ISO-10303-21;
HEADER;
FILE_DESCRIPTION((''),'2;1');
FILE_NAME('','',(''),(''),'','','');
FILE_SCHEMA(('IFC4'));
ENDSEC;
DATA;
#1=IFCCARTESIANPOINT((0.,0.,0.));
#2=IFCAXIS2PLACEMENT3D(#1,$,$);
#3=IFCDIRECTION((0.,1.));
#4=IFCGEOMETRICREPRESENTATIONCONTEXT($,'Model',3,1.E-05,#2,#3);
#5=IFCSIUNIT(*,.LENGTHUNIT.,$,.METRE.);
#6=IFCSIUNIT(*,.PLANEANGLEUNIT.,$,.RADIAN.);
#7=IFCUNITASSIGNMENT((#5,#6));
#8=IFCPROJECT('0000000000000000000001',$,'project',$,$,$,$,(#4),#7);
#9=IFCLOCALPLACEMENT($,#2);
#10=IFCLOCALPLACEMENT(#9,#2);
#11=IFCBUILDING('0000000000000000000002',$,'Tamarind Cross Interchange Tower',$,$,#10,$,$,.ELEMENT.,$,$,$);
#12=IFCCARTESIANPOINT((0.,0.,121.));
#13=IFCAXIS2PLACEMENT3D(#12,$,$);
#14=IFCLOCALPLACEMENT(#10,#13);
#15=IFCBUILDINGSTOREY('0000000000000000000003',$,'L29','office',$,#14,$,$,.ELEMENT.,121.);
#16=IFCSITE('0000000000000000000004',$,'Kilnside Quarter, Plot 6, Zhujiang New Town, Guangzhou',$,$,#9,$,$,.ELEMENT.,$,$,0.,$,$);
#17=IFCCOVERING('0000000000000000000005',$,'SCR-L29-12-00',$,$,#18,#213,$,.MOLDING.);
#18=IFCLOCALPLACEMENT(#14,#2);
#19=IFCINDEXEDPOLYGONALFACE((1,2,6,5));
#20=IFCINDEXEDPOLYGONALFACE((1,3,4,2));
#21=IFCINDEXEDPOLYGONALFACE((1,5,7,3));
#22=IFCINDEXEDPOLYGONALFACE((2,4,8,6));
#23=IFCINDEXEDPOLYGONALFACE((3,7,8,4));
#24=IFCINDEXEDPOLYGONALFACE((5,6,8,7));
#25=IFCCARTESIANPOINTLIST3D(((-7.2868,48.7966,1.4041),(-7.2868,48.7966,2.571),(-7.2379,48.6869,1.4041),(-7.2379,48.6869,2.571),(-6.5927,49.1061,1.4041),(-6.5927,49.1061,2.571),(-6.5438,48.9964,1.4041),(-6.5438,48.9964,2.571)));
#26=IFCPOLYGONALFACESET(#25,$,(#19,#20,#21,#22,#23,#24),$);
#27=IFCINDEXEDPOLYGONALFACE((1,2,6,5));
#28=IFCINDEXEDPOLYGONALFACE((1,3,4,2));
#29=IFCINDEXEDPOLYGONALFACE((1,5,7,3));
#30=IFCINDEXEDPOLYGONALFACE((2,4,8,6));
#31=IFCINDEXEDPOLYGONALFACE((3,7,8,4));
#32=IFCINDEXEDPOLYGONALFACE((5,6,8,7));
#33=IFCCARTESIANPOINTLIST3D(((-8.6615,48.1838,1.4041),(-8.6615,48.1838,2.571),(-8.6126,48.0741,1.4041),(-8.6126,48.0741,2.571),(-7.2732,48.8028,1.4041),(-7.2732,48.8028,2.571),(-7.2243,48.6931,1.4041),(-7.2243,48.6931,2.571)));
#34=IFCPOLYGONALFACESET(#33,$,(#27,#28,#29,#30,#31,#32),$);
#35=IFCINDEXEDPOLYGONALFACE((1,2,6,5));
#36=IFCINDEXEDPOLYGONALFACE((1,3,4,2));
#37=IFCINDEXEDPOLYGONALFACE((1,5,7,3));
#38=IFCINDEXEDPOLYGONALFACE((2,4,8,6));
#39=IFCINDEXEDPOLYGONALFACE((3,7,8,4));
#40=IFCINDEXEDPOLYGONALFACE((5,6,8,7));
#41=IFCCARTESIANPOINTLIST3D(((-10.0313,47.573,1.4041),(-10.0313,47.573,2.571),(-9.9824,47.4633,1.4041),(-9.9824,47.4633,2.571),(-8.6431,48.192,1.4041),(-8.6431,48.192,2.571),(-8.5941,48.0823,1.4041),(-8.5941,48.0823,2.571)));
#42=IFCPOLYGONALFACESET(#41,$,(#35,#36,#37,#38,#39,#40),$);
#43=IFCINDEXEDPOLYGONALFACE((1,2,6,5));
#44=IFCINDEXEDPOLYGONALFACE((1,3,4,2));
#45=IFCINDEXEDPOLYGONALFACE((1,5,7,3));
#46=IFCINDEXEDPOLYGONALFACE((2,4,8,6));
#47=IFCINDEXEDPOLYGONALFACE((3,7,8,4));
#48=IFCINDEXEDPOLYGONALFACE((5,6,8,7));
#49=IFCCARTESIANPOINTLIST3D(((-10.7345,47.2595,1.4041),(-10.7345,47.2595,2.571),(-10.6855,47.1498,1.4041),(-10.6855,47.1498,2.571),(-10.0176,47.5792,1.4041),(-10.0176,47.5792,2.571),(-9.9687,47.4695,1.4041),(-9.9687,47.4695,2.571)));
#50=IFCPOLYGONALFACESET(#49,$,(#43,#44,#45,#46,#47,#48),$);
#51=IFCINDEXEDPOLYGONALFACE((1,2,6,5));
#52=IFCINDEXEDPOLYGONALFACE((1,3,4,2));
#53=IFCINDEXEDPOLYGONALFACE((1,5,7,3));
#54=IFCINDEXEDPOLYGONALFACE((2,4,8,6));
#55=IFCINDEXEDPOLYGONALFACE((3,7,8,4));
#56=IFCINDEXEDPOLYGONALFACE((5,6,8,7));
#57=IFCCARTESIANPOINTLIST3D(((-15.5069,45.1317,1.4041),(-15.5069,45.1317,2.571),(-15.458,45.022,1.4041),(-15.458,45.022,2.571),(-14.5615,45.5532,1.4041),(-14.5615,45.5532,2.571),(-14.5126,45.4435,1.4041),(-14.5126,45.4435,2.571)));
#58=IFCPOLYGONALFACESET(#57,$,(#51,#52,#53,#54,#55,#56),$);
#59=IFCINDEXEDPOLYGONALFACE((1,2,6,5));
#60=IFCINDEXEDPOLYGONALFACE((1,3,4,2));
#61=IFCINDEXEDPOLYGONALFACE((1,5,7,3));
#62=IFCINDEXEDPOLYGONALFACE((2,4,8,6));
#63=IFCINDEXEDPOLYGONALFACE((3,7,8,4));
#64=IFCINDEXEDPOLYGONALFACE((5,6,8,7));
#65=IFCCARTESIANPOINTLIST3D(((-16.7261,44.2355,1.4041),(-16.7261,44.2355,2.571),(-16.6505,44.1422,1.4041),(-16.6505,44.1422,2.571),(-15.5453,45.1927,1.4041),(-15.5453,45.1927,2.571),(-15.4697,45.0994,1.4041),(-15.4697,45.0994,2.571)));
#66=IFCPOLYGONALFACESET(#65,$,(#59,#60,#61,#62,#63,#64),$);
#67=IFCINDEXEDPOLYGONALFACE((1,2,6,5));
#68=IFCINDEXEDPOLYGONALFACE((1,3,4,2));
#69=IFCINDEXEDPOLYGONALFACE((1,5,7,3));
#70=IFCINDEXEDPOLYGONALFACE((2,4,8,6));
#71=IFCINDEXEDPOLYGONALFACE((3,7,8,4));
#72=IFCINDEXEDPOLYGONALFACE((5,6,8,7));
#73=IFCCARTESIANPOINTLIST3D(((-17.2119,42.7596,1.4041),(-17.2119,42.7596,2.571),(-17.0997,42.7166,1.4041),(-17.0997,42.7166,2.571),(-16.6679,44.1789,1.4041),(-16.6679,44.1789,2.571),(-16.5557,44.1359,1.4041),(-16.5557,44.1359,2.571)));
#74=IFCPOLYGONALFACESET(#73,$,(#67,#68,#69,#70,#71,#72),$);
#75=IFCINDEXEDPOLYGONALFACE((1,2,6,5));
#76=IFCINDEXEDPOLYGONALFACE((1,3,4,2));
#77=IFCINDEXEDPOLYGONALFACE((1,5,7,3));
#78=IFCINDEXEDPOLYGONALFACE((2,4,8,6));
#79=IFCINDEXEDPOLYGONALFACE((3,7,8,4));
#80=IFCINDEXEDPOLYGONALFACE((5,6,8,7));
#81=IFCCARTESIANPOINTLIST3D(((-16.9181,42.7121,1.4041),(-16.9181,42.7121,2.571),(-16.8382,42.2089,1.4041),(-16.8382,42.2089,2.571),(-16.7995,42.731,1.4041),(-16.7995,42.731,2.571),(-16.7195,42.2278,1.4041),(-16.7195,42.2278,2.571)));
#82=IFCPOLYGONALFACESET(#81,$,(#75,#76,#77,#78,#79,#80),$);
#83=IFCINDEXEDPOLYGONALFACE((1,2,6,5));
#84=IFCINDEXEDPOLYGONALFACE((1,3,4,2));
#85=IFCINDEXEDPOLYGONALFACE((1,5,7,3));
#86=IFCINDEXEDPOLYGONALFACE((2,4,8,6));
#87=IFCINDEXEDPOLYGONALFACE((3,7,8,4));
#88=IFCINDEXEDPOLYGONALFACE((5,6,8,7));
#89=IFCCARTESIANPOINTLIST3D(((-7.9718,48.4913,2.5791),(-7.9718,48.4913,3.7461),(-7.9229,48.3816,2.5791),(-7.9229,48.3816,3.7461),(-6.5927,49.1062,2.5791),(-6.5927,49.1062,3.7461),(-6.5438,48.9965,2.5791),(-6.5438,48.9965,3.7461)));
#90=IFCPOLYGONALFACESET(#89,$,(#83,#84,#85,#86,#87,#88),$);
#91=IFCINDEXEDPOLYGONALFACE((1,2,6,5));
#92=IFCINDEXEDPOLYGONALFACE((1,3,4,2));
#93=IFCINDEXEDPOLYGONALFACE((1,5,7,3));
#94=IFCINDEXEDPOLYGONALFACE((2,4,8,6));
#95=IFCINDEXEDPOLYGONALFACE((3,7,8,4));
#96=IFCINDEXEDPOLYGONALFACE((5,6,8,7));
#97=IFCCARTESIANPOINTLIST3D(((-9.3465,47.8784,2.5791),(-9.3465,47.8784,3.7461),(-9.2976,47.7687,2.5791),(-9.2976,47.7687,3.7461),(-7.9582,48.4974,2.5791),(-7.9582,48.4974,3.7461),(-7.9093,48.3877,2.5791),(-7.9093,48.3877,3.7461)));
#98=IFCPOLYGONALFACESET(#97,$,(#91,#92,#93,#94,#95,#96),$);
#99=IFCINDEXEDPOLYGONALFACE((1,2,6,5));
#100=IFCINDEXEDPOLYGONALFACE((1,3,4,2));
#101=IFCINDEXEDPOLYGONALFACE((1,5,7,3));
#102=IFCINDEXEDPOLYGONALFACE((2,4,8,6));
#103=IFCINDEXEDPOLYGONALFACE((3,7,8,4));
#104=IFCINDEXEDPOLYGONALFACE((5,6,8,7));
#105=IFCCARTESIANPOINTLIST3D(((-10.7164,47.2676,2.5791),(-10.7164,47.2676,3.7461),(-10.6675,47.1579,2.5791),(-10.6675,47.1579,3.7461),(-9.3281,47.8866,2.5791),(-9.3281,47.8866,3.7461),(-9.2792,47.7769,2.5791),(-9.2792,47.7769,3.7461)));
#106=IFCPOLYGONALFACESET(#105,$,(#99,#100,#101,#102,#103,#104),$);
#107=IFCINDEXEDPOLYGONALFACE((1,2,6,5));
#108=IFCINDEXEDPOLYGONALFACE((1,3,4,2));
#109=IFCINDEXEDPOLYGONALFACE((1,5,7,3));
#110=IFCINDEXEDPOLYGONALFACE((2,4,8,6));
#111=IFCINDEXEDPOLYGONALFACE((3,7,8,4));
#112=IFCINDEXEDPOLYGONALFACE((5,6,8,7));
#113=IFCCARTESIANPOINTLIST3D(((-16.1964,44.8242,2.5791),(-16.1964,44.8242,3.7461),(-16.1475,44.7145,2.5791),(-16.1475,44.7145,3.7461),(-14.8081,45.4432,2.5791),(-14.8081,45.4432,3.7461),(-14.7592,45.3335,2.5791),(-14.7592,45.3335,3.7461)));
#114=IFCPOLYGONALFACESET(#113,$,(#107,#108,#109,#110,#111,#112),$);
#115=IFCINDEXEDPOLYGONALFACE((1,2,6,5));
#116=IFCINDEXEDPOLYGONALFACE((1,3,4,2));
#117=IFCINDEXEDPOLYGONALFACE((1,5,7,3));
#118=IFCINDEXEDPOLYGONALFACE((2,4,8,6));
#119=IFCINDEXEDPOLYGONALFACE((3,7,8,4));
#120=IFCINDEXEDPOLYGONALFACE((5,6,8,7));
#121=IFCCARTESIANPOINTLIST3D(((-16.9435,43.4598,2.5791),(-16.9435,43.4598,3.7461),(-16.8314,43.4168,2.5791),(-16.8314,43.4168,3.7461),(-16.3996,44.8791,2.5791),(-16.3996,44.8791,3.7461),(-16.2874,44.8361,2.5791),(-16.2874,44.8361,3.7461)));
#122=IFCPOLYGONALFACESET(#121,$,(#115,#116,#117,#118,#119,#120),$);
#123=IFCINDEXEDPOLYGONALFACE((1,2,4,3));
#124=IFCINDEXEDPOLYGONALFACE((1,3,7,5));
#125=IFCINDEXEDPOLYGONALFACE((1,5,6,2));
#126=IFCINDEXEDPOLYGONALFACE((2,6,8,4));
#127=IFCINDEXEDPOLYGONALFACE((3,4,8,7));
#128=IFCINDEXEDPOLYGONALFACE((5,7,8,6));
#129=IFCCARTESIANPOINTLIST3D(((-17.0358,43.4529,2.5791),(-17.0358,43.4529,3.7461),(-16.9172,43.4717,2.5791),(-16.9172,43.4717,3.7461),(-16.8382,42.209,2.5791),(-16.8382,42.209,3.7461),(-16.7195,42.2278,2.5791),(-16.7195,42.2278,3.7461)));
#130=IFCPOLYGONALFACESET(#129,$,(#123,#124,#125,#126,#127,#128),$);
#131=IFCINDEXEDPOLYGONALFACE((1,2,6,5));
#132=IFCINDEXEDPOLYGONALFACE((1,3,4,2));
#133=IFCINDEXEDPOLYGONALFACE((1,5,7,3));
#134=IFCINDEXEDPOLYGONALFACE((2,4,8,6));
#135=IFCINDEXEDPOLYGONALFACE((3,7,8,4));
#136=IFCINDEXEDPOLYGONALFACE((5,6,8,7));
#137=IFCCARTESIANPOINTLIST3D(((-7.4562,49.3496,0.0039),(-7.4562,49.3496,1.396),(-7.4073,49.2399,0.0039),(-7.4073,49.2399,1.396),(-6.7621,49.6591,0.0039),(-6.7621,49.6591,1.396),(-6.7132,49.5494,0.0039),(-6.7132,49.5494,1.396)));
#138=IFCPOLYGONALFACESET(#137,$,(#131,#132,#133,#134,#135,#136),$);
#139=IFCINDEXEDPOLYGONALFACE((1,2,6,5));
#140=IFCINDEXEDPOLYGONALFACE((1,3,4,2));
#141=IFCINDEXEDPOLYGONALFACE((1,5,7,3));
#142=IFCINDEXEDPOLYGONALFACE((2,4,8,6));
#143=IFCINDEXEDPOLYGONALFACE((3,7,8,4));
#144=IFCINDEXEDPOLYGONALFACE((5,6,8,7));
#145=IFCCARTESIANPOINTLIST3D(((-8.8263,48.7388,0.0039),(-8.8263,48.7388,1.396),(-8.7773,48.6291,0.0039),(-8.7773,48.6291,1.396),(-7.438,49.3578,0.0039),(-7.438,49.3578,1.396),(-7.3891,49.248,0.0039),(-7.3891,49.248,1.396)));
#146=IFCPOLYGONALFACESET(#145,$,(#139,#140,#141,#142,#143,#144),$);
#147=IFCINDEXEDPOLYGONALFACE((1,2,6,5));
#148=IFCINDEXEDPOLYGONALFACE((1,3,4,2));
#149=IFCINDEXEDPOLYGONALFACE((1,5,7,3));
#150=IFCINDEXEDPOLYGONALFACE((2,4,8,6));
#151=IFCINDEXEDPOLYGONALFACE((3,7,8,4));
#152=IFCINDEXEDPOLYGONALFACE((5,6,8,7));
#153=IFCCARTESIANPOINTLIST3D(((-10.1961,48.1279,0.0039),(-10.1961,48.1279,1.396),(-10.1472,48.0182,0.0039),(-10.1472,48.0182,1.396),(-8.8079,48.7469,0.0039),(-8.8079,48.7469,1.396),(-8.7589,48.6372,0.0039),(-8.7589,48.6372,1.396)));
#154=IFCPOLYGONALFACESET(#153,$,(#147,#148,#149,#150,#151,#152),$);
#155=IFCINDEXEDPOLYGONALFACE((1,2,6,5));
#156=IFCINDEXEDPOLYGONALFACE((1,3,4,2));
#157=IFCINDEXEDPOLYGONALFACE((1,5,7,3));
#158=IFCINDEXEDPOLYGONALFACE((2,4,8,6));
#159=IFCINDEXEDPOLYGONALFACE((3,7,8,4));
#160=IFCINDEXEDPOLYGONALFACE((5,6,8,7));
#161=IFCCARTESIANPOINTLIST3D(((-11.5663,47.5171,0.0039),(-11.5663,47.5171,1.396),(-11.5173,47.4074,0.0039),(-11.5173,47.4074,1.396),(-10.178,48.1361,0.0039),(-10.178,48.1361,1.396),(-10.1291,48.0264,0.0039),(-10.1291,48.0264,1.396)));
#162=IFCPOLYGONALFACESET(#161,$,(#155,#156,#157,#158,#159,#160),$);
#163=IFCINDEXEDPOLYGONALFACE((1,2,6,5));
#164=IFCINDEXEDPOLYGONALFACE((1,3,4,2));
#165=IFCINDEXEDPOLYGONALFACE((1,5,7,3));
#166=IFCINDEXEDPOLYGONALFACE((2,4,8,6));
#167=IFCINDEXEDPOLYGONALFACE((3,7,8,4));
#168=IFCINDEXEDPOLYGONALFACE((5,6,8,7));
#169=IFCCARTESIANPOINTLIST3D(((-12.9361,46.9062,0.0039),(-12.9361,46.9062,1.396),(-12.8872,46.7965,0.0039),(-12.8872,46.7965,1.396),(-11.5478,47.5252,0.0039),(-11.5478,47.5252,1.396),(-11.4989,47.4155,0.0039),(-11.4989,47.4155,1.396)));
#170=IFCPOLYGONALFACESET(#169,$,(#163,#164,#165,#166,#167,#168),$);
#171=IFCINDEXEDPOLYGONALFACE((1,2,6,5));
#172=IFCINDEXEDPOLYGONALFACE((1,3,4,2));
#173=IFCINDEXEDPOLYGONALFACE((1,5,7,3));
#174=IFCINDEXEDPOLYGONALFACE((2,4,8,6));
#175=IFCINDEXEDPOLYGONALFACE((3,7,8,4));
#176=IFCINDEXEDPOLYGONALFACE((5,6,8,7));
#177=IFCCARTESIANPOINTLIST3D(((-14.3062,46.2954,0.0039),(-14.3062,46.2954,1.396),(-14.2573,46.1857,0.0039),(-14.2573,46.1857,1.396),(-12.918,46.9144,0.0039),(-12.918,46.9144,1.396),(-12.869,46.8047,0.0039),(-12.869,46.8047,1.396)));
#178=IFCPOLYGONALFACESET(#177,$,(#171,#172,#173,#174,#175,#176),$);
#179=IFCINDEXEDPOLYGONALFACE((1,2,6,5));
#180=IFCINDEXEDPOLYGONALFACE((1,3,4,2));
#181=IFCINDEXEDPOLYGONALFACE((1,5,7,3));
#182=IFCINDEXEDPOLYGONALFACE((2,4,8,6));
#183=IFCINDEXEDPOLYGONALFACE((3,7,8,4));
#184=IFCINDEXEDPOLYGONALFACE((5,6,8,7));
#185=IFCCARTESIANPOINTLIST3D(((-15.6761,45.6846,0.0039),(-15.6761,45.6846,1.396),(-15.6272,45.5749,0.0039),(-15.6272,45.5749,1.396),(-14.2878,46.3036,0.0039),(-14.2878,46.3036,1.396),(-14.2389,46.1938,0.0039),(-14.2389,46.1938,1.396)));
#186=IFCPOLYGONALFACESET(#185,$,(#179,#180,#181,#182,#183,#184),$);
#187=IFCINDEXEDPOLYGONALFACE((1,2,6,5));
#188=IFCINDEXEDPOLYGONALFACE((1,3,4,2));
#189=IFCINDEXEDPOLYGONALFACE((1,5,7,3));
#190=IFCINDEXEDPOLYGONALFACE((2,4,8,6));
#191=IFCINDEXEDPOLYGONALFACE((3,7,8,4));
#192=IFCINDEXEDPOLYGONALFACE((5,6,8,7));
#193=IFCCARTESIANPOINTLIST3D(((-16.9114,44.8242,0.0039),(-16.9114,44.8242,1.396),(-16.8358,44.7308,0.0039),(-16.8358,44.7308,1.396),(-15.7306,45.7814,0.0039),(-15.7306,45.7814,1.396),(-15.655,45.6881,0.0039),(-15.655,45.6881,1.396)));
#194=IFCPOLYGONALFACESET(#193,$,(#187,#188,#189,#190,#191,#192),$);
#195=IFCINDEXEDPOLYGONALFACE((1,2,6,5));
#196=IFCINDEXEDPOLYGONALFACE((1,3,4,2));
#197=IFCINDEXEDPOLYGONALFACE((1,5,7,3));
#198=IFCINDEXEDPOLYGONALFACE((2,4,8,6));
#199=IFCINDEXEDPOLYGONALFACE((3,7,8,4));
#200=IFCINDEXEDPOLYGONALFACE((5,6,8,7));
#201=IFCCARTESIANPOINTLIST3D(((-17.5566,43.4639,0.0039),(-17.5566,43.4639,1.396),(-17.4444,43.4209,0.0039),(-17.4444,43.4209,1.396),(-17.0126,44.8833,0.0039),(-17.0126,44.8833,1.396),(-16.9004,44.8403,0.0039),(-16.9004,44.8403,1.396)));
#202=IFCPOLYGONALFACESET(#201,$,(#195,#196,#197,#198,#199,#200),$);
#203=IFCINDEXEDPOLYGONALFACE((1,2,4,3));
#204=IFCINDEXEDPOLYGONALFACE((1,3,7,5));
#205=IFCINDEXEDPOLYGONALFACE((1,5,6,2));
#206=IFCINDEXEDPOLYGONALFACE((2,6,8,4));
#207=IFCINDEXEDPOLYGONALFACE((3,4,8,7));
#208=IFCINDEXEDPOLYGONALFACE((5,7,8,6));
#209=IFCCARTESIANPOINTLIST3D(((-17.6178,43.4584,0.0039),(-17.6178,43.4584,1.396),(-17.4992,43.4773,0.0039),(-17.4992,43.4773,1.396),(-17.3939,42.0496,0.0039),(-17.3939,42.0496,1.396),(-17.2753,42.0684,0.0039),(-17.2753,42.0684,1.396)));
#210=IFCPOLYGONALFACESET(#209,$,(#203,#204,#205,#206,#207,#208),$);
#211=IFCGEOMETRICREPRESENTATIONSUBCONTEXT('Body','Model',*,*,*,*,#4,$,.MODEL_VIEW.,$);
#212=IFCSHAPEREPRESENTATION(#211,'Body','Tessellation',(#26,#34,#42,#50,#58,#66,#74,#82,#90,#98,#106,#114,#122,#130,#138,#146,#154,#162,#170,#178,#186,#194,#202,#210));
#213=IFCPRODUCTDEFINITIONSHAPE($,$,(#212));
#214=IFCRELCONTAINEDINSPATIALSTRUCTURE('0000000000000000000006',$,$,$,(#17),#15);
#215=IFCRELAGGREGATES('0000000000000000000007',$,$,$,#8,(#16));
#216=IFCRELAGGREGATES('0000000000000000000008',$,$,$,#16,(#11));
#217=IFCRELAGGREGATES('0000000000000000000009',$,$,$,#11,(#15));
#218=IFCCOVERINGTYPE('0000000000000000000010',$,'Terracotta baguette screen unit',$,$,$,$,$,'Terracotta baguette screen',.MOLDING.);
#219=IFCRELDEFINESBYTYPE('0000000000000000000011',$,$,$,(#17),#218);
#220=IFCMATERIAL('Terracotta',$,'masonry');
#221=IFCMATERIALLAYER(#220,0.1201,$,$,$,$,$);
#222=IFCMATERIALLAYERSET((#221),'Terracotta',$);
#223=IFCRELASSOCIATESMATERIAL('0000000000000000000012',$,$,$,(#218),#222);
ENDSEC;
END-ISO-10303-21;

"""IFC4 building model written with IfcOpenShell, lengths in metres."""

from ifc_helpers import new_model, si_unit, direction, frame, origin, origin_2d, place, context, subcontext, project, spatial, rectangle, extrude, material, layer, layer_set, type_object, element, save


model = new_model("IFC4")

# Units and contexts
model_context = context("Model", 3, precision=1e-05, world=origin(), true_north=direction((0.0, 1.0)))
body_context = subcontext(model_context, "Body", "Model", "MODEL_VIEW")
ifc_project = project(units=[si_unit("LENGTHUNIT", "METRE"), si_unit("PLANEANGLEUNIT", "RADIAN")], contexts=[model_context])

# Site, building, storey
site_placement = place(None, origin())
site = spatial("IfcSite", under=ifc_project, at=site_placement, Name="Kilnside Quarter, Plot 6, Zhujiang New Town, Guangzhou", CompositionType="ELEMENT", RefElevation=0.0)
building_placement = place(site_placement, origin())
building = spatial("IfcBuilding", under=site, at=building_placement, Name="Tamarind Cross Interchange Tower", CompositionType="ELEMENT")
storey_placement = place(building_placement, frame((0.0, 0.0, 121.0)))
storey = spatial("IfcBuildingStorey", under=building, at=storey_placement, Name="L29", Description="office", CompositionType="ELEMENT", Elevation=121.0)

# Covering
ifc_material_1 = material(Name="Terracotta", Category="masonry")
ifc_layer_1 = layer(ifc_material_1, 0.1201)
ifc_layer_set_1 = layer_set([ifc_layer_1], Name="Terracotta")
covering_type = type_object("IfcCoveringType", Name="Terracotta baguette screen unit", ElementType="Terracotta baguette screen", PredefinedType="MOLDING", material=ifc_layer_set_1)
covering_1_placement = place(storey_placement, origin())
element("IfcCovering", 1, at=covering_1_placement, inside=storey, type_object=covering_type, Name="SCR-L29-12-00", PredefinedType="MOLDING", context=body_context, shape_type="SweptSolid", body=[
    extrude(rectangle(XDim=0.76, YDim=0.1201, at=origin_2d()), frame((-6.9153, 48.8965, 1.4041), z_axis=(0.0, 0.0, 1.0), x_axis=(-0.91333, -0.407221, 0.0)), (0.0, 0.0, 1.0), 1.167),
    extrude(rectangle(XDim=1.52, YDim=0.1201, at=origin_2d()), frame((-7.9429, 48.4385, 1.4041), z_axis=(0.0, 0.0, 1.0), x_axis=(-0.91333, -0.407221, 0.0)), (0.0, 0.0, 1.0), 1.167),
    extrude(rectangle(XDim=1.52, YDim=0.1201, at=origin_2d()), frame((-9.3127, 47.8276, 1.4041), z_axis=(0.0, 0.0, 1.0), x_axis=(-0.91333, -0.407221, 0.0)), (0.0, 0.0, 1.0), 1.167),
    extrude(rectangle(XDim=0.7849, YDim=0.1201, at=origin_2d()), frame((-10.3516, 47.3645, 1.4041), z_axis=(0.0, 0.0, 1.0), x_axis=(-0.91333, -0.407221, 0.0)), (0.0, 0.0, 1.0), 1.167),
    extrude(rectangle(XDim=1.0352, YDim=0.1201, at=origin_2d()), frame((-15.0098, 45.2876, 1.4041), z_axis=(0.0, 0.0, 1.0), x_axis=(-0.91333, -0.407221, 0.0)), (0.0, 0.0, 1.0), 1.167),
    extrude(rectangle(XDim=1.52, YDim=0.1201, at=origin_2d()), frame((-16.0979, 44.6675, 1.4041), z_axis=(0.0, 0.0, 1.0), x_axis=(-0.776812, -0.629733, 0.0)), (0.0, 0.0, 1.0), 1.167),
    extrude(rectangle(XDim=1.52, YDim=0.1201, at=origin_2d()), frame((-16.8838, 43.4478, 1.4041), z_axis=(0.0, 0.0, 1.0), x_axis=(-0.357873, -0.93377, 0.0)), (0.0, 0.0, 1.0), 1.167),
    extrude(rectangle(XDim=0.5095, YDim=0.1201, at=origin_2d()), frame((-16.8188, 42.47, 1.4041), z_axis=(0.0, 0.0, 1.0), x_axis=(0.156958, -0.987605, 0.0)), (0.0, 0.0, 1.0), 1.167),
    extrude(rectangle(XDim=1.51, YDim=0.1201, at=origin_2d()), frame((-7.2578, 48.7439, 2.5791), z_axis=(0.0, 0.0, 1.0), x_axis=(-0.91333, -0.407221, 0.0)), (0.0, 0.0, 1.0), 1.167),
    extrude(rectangle(XDim=1.52, YDim=0.1201, at=origin_2d()), frame((-8.6279, 48.1331, 2.5791), z_axis=(0.0, 0.0, 1.0), x_axis=(-0.91333, -0.407221, 0.0)), (0.0, 0.0, 1.0), 1.167),
    extrude(rectangle(XDim=1.52, YDim=0.1201, at=origin_2d()), frame((-9.9978, 47.5222, 2.5791), z_axis=(0.0, 0.0, 1.0), x_axis=(-0.91333, -0.407221, 0.0)), (0.0, 0.0, 1.0), 1.167),
    extrude(rectangle(XDim=1.52, YDim=0.1201, at=origin_2d()), frame((-15.4778, 45.0789, 2.5791), z_axis=(0.0, 0.0, 1.0), x_axis=(-0.91333, -0.407221, 0.0)), (0.0, 0.0, 1.0), 1.167),
    extrude(rectangle(XDim=1.52, YDim=0.1201, at=origin_2d()), frame((-16.6155, 44.1479, 2.5791), z_axis=(0.0, 0.0, 1.0), x_axis=(-0.357873, -0.93377, 0.0)), (0.0, 0.0, 1.0), 1.167),
    extrude(rectangle(XDim=1.2595, YDim=0.1201, at=origin_2d()), frame((-16.8777, 42.8403, 2.5791), z_axis=(0.0, 0.0, 1.0), x_axis=(0.156958, -0.987605, 0.0)), (0.0, 0.0, 1.0), 1.167),
    extrude(rectangle(XDim=0.76, YDim=0.1201, at=origin_2d()), frame((-7.0847, 49.4495, 0.0039), z_axis=(0.0, 0.0, 1.0), x_axis=(-0.91333, -0.407221, 0.0)), (0.0, 0.0, 1.0), 1.3921),
    extrude(rectangle(XDim=1.52, YDim=0.1201, at=origin_2d()), frame((-8.1077, 48.9934, 0.0039), z_axis=(0.0, 0.0, 1.0), x_axis=(-0.91333, -0.407221, 0.0)), (0.0, 0.0, 1.0), 1.3921),
    extrude(rectangle(XDim=1.52, YDim=0.1201, at=origin_2d()), frame((-9.4775, 48.3826, 0.0039), z_axis=(0.0, 0.0, 1.0), x_axis=(-0.91333, -0.407221, 0.0)), (0.0, 0.0, 1.0), 1.3921),
    extrude(rectangle(XDim=1.52, YDim=0.1201, at=origin_2d()), frame((-10.8477, 47.7717, 0.0039), z_axis=(0.0, 0.0, 1.0), x_axis=(-0.91333, -0.407221, 0.0)), (0.0, 0.0, 1.0), 1.3921),
    extrude(rectangle(XDim=1.52, YDim=0.1201, at=origin_2d()), frame((-12.2175, 47.1609, 0.0039), z_axis=(0.0, 0.0, 1.0), x_axis=(-0.91333, -0.407221, 0.0)), (0.0, 0.0, 1.0), 1.3921),
    extrude(rectangle(XDim=1.52, YDim=0.1201, at=origin_2d()), frame((-13.5876, 46.55, 0.0039), z_axis=(0.0, 0.0, 1.0), x_axis=(-0.91333, -0.407221, 0.0)), (0.0, 0.0, 1.0), 1.3921),
    extrude(rectangle(XDim=1.52, YDim=0.1201, at=origin_2d()), frame((-14.9575, 45.9392, 0.0039), z_axis=(0.0, 0.0, 1.0), x_axis=(-0.91333, -0.407221, 0.0)), (0.0, 0.0, 1.0), 1.3921),
    extrude(rectangle(XDim=1.52, YDim=0.1201, at=origin_2d()), frame((-16.2832, 45.2561, 0.0039), z_axis=(0.0, 0.0, 1.0), x_axis=(-0.776812, -0.629733, 0.0)), (0.0, 0.0, 1.0), 1.3921),
    extrude(rectangle(XDim=1.52, YDim=0.1201, at=origin_2d()), frame((-17.2285, 44.1521, 0.0039), z_axis=(0.0, 0.0, 1.0), x_axis=(-0.357873, -0.93377, 0.0)), (0.0, 0.0, 1.0), 1.3921),
    extrude(rectangle(XDim=1.4265, YDim=0.1201, at=origin_2d()), frame((-17.4465, 42.7634, 0.0039), z_axis=(0.0, 0.0, 1.0), x_axis=(0.156958, -0.987605, 0.0)), (0.0, 0.0, 1.0), 1.3921),
])

save(model, "model.ifc")
